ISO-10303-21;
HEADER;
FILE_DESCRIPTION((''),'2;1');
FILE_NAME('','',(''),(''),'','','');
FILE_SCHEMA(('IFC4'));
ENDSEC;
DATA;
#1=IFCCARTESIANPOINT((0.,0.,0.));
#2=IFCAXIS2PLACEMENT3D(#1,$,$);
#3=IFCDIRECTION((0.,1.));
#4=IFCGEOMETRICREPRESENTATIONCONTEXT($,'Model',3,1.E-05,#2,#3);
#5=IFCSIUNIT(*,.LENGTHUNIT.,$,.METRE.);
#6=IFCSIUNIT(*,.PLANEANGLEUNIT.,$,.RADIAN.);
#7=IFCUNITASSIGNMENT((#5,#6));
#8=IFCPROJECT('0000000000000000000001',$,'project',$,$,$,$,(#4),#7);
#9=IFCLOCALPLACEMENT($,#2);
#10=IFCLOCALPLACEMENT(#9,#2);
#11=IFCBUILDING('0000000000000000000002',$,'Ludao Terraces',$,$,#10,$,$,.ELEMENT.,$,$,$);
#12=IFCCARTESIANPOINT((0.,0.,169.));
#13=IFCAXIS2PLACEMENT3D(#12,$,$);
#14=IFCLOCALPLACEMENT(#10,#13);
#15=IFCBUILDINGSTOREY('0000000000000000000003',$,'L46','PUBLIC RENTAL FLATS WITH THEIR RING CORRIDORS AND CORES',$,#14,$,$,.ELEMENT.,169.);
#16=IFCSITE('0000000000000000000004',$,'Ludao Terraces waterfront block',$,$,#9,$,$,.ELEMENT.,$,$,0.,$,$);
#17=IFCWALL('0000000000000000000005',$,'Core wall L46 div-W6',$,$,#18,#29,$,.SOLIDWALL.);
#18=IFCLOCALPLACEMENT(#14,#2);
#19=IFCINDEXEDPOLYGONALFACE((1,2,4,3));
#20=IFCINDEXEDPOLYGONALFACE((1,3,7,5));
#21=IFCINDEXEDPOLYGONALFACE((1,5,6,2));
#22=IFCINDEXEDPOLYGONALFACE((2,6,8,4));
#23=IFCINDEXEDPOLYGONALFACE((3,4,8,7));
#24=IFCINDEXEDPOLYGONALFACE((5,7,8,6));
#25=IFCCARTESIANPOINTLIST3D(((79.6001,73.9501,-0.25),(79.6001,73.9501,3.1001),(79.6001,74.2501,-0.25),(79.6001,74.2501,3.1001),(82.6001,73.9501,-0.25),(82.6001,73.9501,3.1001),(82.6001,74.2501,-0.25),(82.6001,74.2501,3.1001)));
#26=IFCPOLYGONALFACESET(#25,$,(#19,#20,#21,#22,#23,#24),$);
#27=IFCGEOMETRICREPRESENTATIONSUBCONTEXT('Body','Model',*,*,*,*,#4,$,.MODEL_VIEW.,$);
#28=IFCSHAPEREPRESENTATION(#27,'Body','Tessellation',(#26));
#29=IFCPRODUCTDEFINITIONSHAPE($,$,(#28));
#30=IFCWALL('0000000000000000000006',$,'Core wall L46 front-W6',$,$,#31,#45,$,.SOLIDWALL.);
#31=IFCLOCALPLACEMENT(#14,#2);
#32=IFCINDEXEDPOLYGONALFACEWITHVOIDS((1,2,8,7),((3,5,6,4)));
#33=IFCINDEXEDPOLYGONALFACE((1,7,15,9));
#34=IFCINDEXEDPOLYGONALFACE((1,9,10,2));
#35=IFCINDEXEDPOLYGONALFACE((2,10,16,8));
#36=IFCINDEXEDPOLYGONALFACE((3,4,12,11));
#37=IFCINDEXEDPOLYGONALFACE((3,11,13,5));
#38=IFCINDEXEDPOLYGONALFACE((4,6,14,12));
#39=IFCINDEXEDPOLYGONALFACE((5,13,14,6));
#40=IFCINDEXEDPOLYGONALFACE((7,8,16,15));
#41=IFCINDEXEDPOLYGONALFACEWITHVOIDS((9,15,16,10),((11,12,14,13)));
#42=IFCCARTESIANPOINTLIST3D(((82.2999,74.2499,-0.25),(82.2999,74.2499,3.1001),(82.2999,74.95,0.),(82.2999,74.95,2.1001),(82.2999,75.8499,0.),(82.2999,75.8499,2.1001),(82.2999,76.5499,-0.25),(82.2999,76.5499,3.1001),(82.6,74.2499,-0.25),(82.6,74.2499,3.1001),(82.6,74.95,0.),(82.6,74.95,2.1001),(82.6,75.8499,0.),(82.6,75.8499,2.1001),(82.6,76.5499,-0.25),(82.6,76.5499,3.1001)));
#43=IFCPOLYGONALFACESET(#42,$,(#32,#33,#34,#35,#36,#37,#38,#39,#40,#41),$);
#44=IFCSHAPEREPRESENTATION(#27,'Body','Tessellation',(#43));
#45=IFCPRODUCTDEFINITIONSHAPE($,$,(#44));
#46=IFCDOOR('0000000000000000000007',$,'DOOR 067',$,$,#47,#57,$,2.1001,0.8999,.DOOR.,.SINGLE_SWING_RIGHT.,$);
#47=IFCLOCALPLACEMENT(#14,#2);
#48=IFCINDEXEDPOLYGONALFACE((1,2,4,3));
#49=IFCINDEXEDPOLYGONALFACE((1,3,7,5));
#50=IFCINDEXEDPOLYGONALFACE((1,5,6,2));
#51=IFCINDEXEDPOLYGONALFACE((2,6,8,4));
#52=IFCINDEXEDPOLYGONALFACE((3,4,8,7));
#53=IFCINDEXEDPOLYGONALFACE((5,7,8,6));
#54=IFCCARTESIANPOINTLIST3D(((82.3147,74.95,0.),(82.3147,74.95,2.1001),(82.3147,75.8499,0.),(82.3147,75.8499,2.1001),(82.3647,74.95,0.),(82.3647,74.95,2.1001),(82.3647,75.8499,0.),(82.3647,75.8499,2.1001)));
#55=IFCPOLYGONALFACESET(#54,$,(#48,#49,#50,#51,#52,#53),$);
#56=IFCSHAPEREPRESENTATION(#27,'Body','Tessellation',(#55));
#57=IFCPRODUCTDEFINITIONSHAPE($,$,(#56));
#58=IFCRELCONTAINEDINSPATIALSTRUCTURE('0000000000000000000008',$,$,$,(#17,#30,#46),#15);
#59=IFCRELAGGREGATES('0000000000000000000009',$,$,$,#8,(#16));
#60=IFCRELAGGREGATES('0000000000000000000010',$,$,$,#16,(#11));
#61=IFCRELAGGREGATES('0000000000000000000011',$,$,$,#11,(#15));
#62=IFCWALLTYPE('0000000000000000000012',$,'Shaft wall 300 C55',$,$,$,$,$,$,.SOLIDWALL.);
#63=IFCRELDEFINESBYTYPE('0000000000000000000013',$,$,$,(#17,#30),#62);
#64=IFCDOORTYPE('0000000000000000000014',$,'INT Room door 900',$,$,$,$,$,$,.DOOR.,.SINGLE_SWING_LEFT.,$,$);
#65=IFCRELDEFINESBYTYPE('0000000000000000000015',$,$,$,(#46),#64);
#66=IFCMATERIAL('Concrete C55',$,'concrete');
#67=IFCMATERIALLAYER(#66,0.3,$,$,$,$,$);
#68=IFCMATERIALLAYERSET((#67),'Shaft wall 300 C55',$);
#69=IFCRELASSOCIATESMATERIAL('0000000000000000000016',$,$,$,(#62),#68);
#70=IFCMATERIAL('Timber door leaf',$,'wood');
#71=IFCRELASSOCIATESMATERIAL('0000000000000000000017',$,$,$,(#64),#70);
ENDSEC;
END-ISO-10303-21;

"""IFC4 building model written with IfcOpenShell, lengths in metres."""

from ifc_helpers import new_model, si_unit, direction, frame, frame_2d, origin, place, context, subcontext, project, spatial, rectangle, extrude, material, layer, layer_set, type_object, element, fill, save


model = new_model("IFC4")

# Units and contexts
model_context = context("Model", 3, precision=1e-05, world=origin(), true_north=direction((0.0, 1.0)))
body_context = subcontext(model_context, "Body", "Model", "MODEL_VIEW")
ifc_project = project(units=[si_unit("LENGTHUNIT", "METRE"), si_unit("PLANEANGLEUNIT", "RADIAN")], contexts=[model_context])

# Site, building, storey
site_placement = place(None, origin())
site = spatial("IfcSite", under=ifc_project, at=site_placement, Name="Ludao Terraces waterfront block", CompositionType="ELEMENT", RefElevation=0.0)
building_placement = place(site_placement, origin())
building = spatial("IfcBuilding", under=site, at=building_placement, Name="Ludao Terraces", CompositionType="ELEMENT")
storey_placement = place(building_placement, frame((0.0, 0.0, 169.0)))
storey = spatial("IfcBuildingStorey", under=building, at=storey_placement, Name="L46", Description="PUBLIC RENTAL FLATS WITH THEIR RING CORRIDORS AND CORES", CompositionType="ELEMENT", Elevation=169.0)

# Shared definitions
ifc_material_1 = material(Name="Concrete C55", Category="concrete")
ifc_layer = layer(ifc_material_1, 0.3)
ifc_layer_set = layer_set([ifc_layer], Name="Shaft wall 300 C55")
wall_type = type_object("IfcWallType", Name="Shaft wall 300 C55", PredefinedType="SOLIDWALL", material=ifc_layer_set)

# Shared definitions
ifc_material_2 = material(Name="Timber door leaf", Category="wood")
door_type = type_object("IfcDoorType", Name="INT Room door 900", OperationType="SINGLE_SWING_LEFT", PredefinedType="DOOR", material=ifc_material_2)

# Wall
wall_1_placement = place(storey_placement, frame((79.6001, 74.1001, -0.25), z_axis=(0.0, 0.0, 1.0), x_axis=(1.0, 0.0, 0.0)))
element("IfcWall", 1, at=wall_1_placement, inside=storey, type_object=wall_type, Name="Core wall L46 div-W6", PredefinedType="SOLIDWALL", context=body_context, shape_type="SweptSolid", body=[
    extrude(rectangle(XDim=3.0, YDim=0.3, at=frame_2d((1.5, 0.0))), origin(), (0.0, 0.0, 1.0), 3.3501),
])

# Wall, opening, door
wall_2_placement = place(storey_placement, frame((82.45, 74.25, -0.25), z_axis=(0.0, 0.0, 1.0), x_axis=(0.0, 1.0, 0.0)))
wall_2 = element("IfcWall", 2, at=wall_2_placement, inside=storey, type_object=wall_type, Name="Core wall L46 front-W6", PredefinedType="SOLIDWALL", context=body_context, shape_type="SweptSolid", body=[
    extrude(rectangle(XDim=2.3, YDim=0.3, at=frame_2d((1.1499, 0.0))), origin(), (0.0, 0.0, 1.0), 3.3501),
])
opening_1_placement = place(wall_2_placement, frame((0.7, 0.0, 0.25)))
opening_1 = element("IfcOpeningElement", 3, at=opening_1_placement, cuts=wall_2, PredefinedType="OPENING", context=body_context, shape_type="SweptSolid", body=[
    extrude(rectangle(XDim=0.8999, YDim=2.1001, at=frame_2d((0.45, 1.05))), frame((0.0, 0.1602, 0.0), z_axis=(0.0, -1.0, 0.0), x_axis=(1.0, 0.0, 0.0)), (0.0, 0.0, 1.0), 0.3201),
])
door_1_placement = place(opening_1_placement, origin())
door_1 = element("IfcDoor", 4, at=door_1_placement, inside=storey, type_object=door_type, Name="DOOR 067", OperationType="SINGLE_SWING_RIGHT", OverallHeight=2.1001, OverallWidth=0.8999, PredefinedType="DOOR", context=body_context, shape_type="SweptSolid", body=[
    extrude(rectangle(XDim=0.8999, YDim=2.1001, at=frame_2d((0.45, 1.05))), frame((0.0, 0.1353, 0.0), z_axis=(0.0, -1.0, 0.0), x_axis=(1.0, 0.0, 0.0)), (0.0, 0.0, 1.0), 0.05),
])
fill(opening_1, door_1)

save(model, "model.ifc")
